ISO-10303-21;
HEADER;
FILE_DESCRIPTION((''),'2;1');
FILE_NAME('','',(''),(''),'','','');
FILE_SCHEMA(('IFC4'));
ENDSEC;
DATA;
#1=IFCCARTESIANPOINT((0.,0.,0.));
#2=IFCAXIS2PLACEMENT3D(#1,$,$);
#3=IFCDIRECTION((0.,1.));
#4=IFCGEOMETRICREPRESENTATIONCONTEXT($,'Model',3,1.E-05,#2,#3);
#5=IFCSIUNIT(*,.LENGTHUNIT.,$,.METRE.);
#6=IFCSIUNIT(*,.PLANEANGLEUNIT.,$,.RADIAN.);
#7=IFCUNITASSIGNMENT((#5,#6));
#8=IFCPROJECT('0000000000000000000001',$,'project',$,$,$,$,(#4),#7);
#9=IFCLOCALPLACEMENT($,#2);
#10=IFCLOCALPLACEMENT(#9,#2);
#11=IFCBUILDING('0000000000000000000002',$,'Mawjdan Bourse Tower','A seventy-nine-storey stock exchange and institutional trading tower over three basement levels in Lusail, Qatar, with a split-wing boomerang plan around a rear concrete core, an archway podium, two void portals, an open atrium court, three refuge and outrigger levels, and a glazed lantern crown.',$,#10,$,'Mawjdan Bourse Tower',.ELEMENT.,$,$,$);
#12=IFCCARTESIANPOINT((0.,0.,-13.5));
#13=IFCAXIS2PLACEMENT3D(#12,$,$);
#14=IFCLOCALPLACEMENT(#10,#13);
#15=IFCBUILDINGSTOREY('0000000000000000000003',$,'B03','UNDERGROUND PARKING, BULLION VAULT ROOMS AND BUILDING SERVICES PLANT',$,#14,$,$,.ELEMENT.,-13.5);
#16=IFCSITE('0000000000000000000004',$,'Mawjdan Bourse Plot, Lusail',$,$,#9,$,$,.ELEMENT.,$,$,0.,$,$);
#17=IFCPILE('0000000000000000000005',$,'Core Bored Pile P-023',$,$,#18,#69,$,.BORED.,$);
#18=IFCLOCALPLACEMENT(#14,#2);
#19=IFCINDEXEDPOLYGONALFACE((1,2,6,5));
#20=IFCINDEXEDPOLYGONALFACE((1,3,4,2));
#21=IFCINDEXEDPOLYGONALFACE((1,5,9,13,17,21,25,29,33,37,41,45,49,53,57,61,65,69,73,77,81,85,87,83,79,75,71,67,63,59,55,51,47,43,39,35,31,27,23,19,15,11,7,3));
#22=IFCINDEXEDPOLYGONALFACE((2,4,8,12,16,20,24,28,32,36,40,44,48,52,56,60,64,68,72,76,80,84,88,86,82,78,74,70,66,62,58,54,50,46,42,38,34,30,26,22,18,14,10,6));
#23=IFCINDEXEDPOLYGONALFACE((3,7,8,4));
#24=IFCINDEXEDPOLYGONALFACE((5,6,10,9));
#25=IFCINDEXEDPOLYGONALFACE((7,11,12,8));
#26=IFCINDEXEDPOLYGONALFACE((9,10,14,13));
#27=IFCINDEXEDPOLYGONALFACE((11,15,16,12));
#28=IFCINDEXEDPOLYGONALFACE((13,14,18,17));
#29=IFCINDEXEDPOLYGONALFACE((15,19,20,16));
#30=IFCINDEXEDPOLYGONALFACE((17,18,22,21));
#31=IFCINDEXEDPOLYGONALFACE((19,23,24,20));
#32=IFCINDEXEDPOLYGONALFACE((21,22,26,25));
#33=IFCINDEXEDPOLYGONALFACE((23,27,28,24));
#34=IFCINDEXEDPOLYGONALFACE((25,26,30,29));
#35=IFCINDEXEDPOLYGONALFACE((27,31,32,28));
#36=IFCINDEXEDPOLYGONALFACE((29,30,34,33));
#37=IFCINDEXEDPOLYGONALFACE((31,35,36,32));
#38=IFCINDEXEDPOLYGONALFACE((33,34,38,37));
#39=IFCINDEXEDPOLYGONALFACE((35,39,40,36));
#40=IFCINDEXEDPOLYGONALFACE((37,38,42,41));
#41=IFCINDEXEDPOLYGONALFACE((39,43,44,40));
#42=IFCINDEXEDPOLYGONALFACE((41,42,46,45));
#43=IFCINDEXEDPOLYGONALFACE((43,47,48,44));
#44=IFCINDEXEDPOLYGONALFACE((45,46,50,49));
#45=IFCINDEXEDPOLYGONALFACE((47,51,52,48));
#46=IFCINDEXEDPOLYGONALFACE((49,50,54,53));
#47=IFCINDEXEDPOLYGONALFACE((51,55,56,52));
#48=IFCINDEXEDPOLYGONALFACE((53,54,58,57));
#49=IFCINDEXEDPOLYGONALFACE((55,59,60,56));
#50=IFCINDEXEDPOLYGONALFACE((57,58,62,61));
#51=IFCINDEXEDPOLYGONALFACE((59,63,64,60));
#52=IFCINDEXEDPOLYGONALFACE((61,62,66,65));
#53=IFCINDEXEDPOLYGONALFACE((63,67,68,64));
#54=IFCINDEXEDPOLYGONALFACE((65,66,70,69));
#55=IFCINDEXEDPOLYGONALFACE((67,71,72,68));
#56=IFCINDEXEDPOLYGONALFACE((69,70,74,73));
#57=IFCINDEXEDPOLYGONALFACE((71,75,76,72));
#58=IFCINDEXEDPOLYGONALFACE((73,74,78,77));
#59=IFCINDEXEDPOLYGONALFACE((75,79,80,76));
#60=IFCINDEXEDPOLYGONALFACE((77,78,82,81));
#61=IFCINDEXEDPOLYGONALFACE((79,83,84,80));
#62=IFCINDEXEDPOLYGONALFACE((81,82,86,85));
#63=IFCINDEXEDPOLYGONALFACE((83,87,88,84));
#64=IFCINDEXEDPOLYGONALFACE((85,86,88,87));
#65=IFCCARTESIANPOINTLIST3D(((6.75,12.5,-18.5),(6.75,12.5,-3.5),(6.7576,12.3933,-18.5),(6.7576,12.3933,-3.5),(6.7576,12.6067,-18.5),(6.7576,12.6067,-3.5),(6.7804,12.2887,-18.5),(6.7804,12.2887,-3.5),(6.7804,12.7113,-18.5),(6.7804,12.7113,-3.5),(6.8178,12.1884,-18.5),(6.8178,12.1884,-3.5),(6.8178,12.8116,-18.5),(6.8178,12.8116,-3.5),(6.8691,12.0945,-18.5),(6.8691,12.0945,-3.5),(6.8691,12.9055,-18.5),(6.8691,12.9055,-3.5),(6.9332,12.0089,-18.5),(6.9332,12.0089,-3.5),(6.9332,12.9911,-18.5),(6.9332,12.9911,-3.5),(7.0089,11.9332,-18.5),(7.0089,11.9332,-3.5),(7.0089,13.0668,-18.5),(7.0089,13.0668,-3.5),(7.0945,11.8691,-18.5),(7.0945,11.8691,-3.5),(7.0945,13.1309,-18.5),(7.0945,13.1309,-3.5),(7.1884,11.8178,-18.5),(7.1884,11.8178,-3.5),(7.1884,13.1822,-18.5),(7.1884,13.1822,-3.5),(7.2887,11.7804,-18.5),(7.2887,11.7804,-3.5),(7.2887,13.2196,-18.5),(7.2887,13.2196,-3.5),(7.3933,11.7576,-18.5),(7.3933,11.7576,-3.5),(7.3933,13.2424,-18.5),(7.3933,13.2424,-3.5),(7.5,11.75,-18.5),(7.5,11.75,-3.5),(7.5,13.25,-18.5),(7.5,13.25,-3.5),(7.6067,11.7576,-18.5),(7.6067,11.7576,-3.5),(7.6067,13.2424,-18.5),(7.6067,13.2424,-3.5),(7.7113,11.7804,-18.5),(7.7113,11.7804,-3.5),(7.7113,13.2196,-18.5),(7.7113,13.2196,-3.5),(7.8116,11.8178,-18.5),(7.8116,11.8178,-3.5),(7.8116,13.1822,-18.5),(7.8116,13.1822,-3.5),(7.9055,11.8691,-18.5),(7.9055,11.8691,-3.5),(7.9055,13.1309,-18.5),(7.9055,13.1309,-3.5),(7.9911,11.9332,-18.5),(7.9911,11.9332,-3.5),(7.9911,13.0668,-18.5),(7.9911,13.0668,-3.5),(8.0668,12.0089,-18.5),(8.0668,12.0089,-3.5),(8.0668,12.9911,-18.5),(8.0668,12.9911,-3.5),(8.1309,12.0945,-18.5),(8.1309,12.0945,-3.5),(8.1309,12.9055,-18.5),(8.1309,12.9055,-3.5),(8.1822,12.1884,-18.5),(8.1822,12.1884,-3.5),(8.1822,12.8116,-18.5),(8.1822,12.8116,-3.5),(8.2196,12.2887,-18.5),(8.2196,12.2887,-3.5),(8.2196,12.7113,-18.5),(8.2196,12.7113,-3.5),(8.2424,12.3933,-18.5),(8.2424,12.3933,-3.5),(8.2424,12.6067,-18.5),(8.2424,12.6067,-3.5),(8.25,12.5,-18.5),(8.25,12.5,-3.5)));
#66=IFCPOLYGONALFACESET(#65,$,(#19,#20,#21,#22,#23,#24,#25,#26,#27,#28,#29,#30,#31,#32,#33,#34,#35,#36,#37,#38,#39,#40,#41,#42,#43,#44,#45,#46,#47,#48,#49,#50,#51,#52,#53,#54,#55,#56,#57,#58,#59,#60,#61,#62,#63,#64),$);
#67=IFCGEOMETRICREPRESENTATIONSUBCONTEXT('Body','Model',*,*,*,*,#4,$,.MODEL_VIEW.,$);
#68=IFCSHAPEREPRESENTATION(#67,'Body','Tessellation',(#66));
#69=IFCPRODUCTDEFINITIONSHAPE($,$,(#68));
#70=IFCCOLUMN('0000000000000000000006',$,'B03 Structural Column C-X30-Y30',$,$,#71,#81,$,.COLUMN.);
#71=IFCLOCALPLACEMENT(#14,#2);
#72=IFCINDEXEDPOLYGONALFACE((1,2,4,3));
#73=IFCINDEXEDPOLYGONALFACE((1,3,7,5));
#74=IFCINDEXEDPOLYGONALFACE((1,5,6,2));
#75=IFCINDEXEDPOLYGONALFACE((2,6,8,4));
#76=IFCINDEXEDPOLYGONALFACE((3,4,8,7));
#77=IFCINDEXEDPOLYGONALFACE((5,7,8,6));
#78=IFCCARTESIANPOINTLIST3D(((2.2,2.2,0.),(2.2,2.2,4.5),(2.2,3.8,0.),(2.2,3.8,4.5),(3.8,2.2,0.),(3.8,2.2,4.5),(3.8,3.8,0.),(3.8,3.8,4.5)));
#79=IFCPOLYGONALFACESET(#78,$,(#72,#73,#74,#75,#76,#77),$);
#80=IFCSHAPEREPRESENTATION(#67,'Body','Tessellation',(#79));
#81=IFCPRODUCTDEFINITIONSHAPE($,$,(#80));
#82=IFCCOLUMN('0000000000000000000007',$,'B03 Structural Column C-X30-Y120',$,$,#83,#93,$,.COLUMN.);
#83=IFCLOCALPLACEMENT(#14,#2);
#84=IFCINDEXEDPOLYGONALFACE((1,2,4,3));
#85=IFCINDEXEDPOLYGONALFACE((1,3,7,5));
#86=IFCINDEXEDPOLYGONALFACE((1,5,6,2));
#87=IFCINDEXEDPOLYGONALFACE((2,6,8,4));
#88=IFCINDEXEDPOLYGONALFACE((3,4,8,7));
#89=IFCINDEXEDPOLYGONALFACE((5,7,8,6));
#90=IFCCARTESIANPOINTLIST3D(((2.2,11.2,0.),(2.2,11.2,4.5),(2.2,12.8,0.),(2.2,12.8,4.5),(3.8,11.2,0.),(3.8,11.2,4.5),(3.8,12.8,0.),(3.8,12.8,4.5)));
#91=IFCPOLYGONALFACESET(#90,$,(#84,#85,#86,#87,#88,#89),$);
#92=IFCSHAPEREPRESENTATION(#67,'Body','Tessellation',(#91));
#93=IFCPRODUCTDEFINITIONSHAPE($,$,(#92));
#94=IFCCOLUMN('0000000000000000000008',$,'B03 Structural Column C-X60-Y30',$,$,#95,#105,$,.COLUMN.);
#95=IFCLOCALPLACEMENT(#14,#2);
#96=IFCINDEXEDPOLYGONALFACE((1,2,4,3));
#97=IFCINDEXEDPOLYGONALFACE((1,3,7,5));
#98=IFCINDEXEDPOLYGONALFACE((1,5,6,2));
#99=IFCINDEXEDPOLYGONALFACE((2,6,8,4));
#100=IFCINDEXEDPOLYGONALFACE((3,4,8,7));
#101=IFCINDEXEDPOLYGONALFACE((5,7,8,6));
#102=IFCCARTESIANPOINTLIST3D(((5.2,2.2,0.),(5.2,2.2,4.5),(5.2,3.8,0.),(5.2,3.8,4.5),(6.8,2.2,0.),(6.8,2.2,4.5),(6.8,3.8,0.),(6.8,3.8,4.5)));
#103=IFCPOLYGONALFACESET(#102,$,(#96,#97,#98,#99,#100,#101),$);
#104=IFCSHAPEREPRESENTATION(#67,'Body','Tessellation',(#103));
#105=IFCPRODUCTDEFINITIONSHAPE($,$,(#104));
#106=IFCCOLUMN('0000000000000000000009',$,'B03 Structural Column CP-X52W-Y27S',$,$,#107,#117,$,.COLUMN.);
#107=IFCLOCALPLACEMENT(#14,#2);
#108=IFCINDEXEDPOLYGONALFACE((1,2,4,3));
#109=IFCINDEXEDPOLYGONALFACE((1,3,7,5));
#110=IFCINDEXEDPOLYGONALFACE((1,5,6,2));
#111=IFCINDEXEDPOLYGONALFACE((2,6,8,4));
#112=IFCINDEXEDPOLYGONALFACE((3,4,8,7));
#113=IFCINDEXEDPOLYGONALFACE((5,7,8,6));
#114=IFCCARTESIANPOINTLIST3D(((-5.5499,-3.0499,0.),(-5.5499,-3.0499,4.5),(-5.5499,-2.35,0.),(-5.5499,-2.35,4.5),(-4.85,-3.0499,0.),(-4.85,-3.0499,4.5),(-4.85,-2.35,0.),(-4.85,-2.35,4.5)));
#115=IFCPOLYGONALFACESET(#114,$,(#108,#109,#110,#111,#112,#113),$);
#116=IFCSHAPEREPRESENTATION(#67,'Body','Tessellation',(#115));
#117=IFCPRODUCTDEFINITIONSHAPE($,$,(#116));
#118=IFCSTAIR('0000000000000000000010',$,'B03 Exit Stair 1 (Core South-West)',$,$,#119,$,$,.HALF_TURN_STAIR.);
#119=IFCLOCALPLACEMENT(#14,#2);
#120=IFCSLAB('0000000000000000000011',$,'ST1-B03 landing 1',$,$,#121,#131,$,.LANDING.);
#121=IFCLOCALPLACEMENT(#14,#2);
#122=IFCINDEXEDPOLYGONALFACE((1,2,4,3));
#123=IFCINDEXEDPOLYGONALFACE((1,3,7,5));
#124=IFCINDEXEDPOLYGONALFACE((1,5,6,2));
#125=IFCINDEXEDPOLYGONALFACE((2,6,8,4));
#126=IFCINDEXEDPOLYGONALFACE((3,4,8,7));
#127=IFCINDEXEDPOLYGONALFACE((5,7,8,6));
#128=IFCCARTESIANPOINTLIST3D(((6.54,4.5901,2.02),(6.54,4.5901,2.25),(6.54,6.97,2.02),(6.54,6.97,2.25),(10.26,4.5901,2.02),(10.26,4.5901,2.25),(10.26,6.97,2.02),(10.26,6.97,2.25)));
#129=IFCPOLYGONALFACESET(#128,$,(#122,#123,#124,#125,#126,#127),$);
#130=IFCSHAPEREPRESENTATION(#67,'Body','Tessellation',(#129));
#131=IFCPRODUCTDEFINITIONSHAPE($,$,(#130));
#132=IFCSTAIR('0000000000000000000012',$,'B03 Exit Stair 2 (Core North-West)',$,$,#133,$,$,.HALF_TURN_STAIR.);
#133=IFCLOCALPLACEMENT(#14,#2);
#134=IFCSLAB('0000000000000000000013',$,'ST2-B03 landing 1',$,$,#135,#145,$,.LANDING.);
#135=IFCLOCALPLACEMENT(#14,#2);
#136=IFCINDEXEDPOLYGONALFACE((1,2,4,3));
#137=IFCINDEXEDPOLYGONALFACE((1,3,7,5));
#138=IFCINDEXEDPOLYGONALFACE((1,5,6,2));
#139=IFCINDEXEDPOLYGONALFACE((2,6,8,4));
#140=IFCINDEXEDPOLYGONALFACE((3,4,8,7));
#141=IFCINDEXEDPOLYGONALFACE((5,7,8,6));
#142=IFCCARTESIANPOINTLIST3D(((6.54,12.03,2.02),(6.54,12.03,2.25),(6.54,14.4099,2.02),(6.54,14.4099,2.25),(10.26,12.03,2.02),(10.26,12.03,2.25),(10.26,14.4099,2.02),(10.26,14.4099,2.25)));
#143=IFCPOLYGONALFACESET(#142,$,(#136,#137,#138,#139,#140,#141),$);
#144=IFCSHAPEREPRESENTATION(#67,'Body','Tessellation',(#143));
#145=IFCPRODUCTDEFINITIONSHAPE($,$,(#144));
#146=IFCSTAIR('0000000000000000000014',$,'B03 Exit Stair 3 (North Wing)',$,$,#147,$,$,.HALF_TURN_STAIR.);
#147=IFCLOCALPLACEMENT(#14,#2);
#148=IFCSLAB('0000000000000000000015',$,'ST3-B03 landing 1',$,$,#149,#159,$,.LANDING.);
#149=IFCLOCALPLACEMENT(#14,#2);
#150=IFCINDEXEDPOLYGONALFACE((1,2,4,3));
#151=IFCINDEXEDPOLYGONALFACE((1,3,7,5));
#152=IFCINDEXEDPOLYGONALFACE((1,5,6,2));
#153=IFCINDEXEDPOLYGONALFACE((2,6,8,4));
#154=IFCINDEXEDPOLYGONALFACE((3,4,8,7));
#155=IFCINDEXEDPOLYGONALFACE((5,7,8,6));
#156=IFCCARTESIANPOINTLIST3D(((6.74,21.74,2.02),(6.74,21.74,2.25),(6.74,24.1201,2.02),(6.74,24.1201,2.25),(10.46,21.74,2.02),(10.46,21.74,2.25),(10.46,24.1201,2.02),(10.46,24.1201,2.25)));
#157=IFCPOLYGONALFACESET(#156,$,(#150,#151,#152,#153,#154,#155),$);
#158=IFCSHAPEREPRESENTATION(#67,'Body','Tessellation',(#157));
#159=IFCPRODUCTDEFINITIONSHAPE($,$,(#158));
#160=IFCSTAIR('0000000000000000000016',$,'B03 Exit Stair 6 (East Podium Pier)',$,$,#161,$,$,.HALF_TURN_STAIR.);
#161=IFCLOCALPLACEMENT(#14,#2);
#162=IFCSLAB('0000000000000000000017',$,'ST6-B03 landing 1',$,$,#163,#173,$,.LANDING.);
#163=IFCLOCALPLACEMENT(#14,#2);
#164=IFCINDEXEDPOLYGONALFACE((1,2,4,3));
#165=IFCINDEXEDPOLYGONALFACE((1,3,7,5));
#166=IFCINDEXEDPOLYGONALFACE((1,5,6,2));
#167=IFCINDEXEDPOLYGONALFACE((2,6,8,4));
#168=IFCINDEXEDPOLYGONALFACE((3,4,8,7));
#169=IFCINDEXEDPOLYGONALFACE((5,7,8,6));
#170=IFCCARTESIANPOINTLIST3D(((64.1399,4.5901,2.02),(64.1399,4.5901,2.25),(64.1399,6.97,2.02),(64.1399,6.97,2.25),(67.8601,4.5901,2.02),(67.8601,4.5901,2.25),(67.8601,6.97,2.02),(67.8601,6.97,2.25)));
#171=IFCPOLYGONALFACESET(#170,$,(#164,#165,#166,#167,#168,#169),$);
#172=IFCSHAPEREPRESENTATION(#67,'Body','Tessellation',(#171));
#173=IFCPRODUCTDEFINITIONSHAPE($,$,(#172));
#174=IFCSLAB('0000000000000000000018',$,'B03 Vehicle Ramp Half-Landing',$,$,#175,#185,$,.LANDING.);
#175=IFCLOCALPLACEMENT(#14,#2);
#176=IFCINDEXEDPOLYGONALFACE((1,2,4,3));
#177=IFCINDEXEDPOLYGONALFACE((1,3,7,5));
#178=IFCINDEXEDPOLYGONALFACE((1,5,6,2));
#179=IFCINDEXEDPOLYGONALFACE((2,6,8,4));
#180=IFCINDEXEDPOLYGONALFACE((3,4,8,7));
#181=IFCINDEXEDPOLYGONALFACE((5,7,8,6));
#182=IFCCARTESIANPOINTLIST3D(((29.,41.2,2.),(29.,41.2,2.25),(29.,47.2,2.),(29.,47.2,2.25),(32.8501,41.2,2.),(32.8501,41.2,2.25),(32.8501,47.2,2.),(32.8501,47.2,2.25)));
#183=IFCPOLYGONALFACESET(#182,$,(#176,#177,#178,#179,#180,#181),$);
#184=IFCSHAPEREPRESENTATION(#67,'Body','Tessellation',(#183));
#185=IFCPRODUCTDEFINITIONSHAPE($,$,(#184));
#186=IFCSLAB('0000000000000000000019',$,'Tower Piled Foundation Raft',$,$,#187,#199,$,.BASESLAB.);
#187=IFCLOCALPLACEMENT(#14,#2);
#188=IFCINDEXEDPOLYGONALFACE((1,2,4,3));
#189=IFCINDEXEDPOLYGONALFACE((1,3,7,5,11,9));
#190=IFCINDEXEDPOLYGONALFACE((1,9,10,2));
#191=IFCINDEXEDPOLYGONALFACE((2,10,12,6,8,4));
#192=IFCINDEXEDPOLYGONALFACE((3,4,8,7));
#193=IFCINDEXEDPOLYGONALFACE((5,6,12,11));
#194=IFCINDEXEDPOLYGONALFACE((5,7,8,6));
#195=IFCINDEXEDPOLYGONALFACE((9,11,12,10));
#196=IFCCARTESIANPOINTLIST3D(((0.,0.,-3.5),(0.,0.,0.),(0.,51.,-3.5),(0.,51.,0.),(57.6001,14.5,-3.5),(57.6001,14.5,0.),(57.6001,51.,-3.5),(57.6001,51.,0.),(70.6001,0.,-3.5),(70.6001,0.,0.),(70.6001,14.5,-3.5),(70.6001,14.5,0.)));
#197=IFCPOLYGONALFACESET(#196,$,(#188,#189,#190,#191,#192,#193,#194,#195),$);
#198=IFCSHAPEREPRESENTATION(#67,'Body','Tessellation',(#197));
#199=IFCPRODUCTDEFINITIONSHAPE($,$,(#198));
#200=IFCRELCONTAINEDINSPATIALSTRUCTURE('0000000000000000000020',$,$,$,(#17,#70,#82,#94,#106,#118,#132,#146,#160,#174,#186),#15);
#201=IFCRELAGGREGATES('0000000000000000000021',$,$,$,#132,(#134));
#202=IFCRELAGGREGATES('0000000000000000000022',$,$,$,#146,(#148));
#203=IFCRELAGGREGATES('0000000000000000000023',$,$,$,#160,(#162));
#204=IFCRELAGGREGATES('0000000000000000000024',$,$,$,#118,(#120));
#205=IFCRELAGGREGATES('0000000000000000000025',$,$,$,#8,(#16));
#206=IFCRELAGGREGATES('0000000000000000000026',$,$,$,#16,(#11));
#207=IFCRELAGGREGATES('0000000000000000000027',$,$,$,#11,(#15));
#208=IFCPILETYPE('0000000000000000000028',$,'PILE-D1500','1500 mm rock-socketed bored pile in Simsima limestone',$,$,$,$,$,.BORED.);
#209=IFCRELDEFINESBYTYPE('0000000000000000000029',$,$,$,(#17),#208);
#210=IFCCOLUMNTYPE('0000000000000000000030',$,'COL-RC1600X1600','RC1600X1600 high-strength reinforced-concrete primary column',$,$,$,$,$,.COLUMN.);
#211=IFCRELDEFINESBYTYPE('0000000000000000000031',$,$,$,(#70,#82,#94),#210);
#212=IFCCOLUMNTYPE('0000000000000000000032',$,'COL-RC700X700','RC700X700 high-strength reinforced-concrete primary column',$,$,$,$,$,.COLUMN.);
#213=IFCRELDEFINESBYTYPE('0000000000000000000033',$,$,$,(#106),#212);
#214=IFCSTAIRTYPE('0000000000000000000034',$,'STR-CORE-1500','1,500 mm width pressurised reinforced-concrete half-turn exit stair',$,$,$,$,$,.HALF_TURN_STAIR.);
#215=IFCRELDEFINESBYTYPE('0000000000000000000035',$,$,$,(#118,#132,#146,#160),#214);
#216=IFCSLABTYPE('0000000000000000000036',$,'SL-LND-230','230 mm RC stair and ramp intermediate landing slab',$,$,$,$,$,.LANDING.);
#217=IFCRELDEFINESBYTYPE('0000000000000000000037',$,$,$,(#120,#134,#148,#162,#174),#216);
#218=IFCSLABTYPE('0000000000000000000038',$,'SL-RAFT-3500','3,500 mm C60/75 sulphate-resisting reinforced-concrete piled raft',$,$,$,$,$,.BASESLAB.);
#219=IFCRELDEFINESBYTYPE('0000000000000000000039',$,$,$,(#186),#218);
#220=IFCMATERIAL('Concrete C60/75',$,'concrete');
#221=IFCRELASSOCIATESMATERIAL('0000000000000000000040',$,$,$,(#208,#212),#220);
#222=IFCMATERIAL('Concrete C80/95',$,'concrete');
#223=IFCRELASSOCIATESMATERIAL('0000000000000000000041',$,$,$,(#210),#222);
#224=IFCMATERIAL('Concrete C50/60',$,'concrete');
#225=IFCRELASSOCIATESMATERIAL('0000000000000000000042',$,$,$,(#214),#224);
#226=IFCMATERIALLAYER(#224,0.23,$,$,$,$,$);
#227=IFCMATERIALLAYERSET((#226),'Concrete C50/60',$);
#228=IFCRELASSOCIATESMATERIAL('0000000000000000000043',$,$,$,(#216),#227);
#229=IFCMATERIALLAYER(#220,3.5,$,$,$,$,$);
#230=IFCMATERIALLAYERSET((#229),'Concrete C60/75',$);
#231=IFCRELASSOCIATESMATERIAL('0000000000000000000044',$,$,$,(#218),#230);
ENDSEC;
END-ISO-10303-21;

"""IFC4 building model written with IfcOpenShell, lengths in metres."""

from ifc_helpers import new_model, si_unit, direction, frame, origin, origin_2d, place, context, subcontext, project, spatial, polyline, rectangle, circle, outline, extrude, material, layer, layer_set, material_profile, profile_set, type_object, element, aggregate, save


model = new_model("IFC4")

# Units and contexts
model_context = context("Model", 3, precision=1e-05, world=origin(), true_north=direction((0.0, 1.0)))
body_context = subcontext(model_context, "Body", "Model", "MODEL_VIEW")
ifc_project = project(units=[si_unit("LENGTHUNIT", "METRE"), si_unit("PLANEANGLEUNIT", "RADIAN")], contexts=[model_context])

# Site, building, storey
site_placement = place(None, origin())
site = spatial("IfcSite", under=ifc_project, at=site_placement, Name="Mawjdan Bourse Plot, Lusail", CompositionType="ELEMENT", RefElevation=0.0)
building_placement = place(site_placement, origin())
building = spatial("IfcBuilding", under=site, at=building_placement, Name="Mawjdan Bourse Tower", Description="A seventy-nine-storey stock exchange and institutional trading tower over three basement levels in Lusail, Qatar, with a split-wing boomerang plan around a rear concrete core, an archway podium, two void portals, an open atrium court, three refuge and outrigger levels, and a glazed lantern crown.", LongName="Mawjdan Bourse Tower", CompositionType="ELEMENT")
storey_placement = place(building_placement, frame((0.0, 0.0, -13.5)))
storey = spatial("IfcBuildingStorey", under=building, at=storey_placement, Name="B03", Description="UNDERGROUND PARKING, BULLION VAULT ROOMS AND BUILDING SERVICES PLANT", CompositionType="ELEMENT", Elevation=-13.5)

# Shared definitions
ifc_material_1 = material(Name="Concrete C60/75", Category="concrete")

# Pile
ifc_material_profile_1 = material_profile(ifc_material_1, circle(Radius=0.75, at=origin_2d()), Name="PILE-D1500")
ifc_profile_set_1 = profile_set([ifc_material_profile_1], Name="Concrete C60/75")
pile_type_1 = type_object("IfcPileType", Name="PILE-D1500", Description="1500 mm rock-socketed bored pile in Simsima limestone", PredefinedType="BORED", material=ifc_profile_set_1)
for number, where, z_axis, x_axis, name in (
    (1, (7.5, 12.5, -3.5), (0.0, 0.0, -1.0), (1.0, 0.0, 0.0), "Core Bored Pile P-023"),
):
    element("IfcPile", number, at=place(storey_placement, frame(where, z_axis=z_axis, x_axis=x_axis)), inside=storey, type_object=pile_type_1, Name=name, PredefinedType="BORED", context=body_context, shape_type="SweptSolid", body=[
        extrude(circle(Radius=0.75, at=origin_2d()), origin(), (0.0, 0.0, 1.0), 15.0),
    ])

# Columns
ifc_material_2 = material(Name="Concrete C80/95", Category="concrete")
ifc_material_profile_2 = material_profile(ifc_material_2, rectangle(XDim=1.6001, YDim=1.6001, at=origin_2d()), Name="RC1600X1600")
ifc_profile_set_2 = profile_set([ifc_material_profile_2], Name="Concrete C80/95")
column_type_1 = type_object("IfcColumnType", Name="COL-RC1600X1600", Description="RC1600X1600 high-strength reinforced-concrete primary column", PredefinedType="COLUMN", material=ifc_profile_set_2)
for number, where, z_axis, x_axis, name in (
    (2, (3.0, 3.0, 0.0), (0.0, 0.0, 1.0), (1.0, 0.0, 0.0), "B03 Structural Column C-X30-Y30"),
    (3, (3.0, 12.0, 0.0), (0.0, 0.0, 1.0), (1.0, 0.0, 0.0), "B03 Structural Column C-X30-Y120"),
    (4, (6.0, 3.0, 0.0), (0.0, 0.0, 1.0), (1.0, 0.0, 0.0), "B03 Structural Column C-X60-Y30"),
):
    element("IfcColumn", number, at=place(storey_placement, frame(where, z_axis=z_axis, x_axis=x_axis)), inside=storey, type_object=column_type_1, Name=name, PredefinedType="COLUMN", context=body_context, shape_type="SweptSolid", body=[
        extrude(rectangle(XDim=1.6001, YDim=1.6001, at=origin_2d()), origin(), (0.0, 0.0, 1.0), 4.5),
    ])
ifc_material_profile_3 = material_profile(ifc_material_1, rectangle(XDim=0.7, YDim=0.7, at=origin_2d()), Name="RC700X700")
ifc_profile_set_3 = profile_set([ifc_material_profile_3], Name="Concrete C60/75")
column_type_2 = type_object("IfcColumnType", Name="COL-RC700X700", Description="RC700X700 high-strength reinforced-concrete primary column", PredefinedType="COLUMN", material=ifc_profile_set_3)
column_placement = place(storey_placement, frame((-5.2, -2.7, 0.0), z_axis=(0.0, 0.0, 1.0), x_axis=(1.0, 0.0, 0.0)))
element("IfcColumn", 5, at=column_placement, inside=storey, type_object=column_type_2, Name="B03 Structural Column CP-X52W-Y27S", PredefinedType="COLUMN", context=body_context, shape_type="SweptSolid", body=[
    extrude(rectangle(XDim=0.7, YDim=0.7, at=origin_2d()), origin(), (0.0, 0.0, 1.0), 4.5),
])

# Shared definitions
ifc_material_3 = material(Name="Concrete C50/60", Category="concrete")

# Stairs, slabs
stair_type = type_object("IfcStairType", Name="STR-CORE-1500", Description="1,500 mm width pressurised reinforced-concrete half-turn exit stair", PredefinedType="HALF_TURN_STAIR", material=ifc_material_3)
stair_1_placement = place(storey_placement, origin())
stair_1 = element("IfcStair", 6, at=stair_1_placement, inside=storey, type_object=stair_type, Name="B03 Exit Stair 1 (Core South-West)", PredefinedType="HALF_TURN_STAIR")
ifc_layer_1 = layer(ifc_material_3, 0.23)
ifc_layer_set_1 = layer_set([ifc_layer_1], Name="Concrete C50/60")
slab_type_1 = type_object("IfcSlabType", Name="SL-LND-230", Description="230 mm RC stair and ramp intermediate landing slab", PredefinedType="LANDING", material=ifc_layer_set_1)
slab_1_placement = place(storey_placement, frame((0.0, 0.0, 2.02)))
slab_1 = element("IfcSlab", 7, at=slab_1_placement, type_object=slab_type_1, Name="ST1-B03 landing 1", PredefinedType="LANDING", context=body_context, shape_type="SweptSolid", body=[
    extrude(outline(polyline([(6.54, 4.5901), (10.26, 4.5901), (10.26, 6.97), (6.54, 6.97), (6.54, 4.5901)])), origin(), (0.0, 0.0, 1.0), 0.23),
])
stair_2_placement = place(storey_placement, origin())
stair_2 = element("IfcStair", 8, at=stair_2_placement, inside=storey, type_object=stair_type, Name="B03 Exit Stair 2 (Core North-West)", PredefinedType="HALF_TURN_STAIR")
slab_2_placement = place(storey_placement, frame((0.0, 0.0, 2.02)))
slab_2 = element("IfcSlab", 9, at=slab_2_placement, type_object=slab_type_1, Name="ST2-B03 landing 1", PredefinedType="LANDING", context=body_context, shape_type="SweptSolid", body=[
    extrude(outline(polyline([(6.54, 12.03), (10.26, 12.03), (10.26, 14.4099), (6.54, 14.4099), (6.54, 12.03)])), origin(), (0.0, 0.0, 1.0), 0.23),
])
aggregate(stair_2, [slab_2])
stair_3_placement = place(storey_placement, origin())
stair_3 = element("IfcStair", 10, at=stair_3_placement, inside=storey, type_object=stair_type, Name="B03 Exit Stair 3 (North Wing)", PredefinedType="HALF_TURN_STAIR")
slab_3_placement = place(storey_placement, frame((0.0, 0.0, 2.02)))
slab_3 = element("IfcSlab", 11, at=slab_3_placement, type_object=slab_type_1, Name="ST3-B03 landing 1", PredefinedType="LANDING", context=body_context, shape_type="SweptSolid", body=[
    extrude(outline(polyline([(6.74, 21.74), (10.46, 21.74), (10.46, 24.1201), (6.74, 24.1201), (6.74, 21.74)])), origin(), (0.0, 0.0, 1.0), 0.23),
])
aggregate(stair_3, [slab_3])
stair_4_placement = place(storey_placement, origin())
stair_4 = element("IfcStair", 12, at=stair_4_placement, inside=storey, type_object=stair_type, Name="B03 Exit Stair 6 (East Podium Pier)", PredefinedType="HALF_TURN_STAIR")
slab_4_placement = place(storey_placement, frame((0.0, 0.0, 2.02)))
slab_4 = element("IfcSlab", 13, at=slab_4_placement, type_object=slab_type_1, Name="ST6-B03 landing 1", PredefinedType="LANDING", context=body_context, shape_type="SweptSolid", body=[
    extrude(outline(polyline([(64.1399, 4.5901), (67.8601, 4.5901), (67.8601, 6.97), (64.1399, 6.97), (64.1399, 4.5901)])), origin(), (0.0, 0.0, 1.0), 0.23),
])
aggregate(stair_4, [slab_4])

# Slabs
slab_5_placement = place(storey_placement, frame((0.0, 0.0, 2.0)))
element("IfcSlab", 14, at=slab_5_placement, inside=storey, type_object=slab_type_1, Name="B03 Vehicle Ramp Half-Landing", PredefinedType="LANDING", context=body_context, shape_type="SweptSolid", body=[
    extrude(outline(polyline([(29.0, 41.2), (32.8501, 41.2), (32.8501, 47.2), (29.0, 47.2), (29.0, 41.2)])), origin(), (0.0, 0.0, 1.0), 0.25),
])
ifc_layer_2 = layer(ifc_material_1, 3.5)
ifc_layer_set_2 = layer_set([ifc_layer_2], Name="Concrete C60/75")
slab_type_2 = type_object("IfcSlabType", Name="SL-RAFT-3500", Description="3,500 mm C60/75 sulphate-resisting reinforced-concrete piled raft", PredefinedType="BASESLAB", material=ifc_layer_set_2)
slab_6_placement = place(storey_placement, frame((0.0, 0.0, -3.5)))
element("IfcSlab", 15, at=slab_6_placement, inside=storey, type_object=slab_type_2, Name="Tower Piled Foundation Raft", PredefinedType="BASESLAB", context=body_context, shape_type="SweptSolid", body=[
    extrude(outline(polyline([(0.0, 0.0), (70.6001, 0.0), (70.6001, 14.5), (57.6001, 14.5), (57.6001, 51.0), (0.0, 51.0), (0.0, 0.0)])), origin(), (0.0, 0.0, 1.0), 3.5),
])

aggregate(stair_1, [slab_1])

save(model, "model.ifc")
